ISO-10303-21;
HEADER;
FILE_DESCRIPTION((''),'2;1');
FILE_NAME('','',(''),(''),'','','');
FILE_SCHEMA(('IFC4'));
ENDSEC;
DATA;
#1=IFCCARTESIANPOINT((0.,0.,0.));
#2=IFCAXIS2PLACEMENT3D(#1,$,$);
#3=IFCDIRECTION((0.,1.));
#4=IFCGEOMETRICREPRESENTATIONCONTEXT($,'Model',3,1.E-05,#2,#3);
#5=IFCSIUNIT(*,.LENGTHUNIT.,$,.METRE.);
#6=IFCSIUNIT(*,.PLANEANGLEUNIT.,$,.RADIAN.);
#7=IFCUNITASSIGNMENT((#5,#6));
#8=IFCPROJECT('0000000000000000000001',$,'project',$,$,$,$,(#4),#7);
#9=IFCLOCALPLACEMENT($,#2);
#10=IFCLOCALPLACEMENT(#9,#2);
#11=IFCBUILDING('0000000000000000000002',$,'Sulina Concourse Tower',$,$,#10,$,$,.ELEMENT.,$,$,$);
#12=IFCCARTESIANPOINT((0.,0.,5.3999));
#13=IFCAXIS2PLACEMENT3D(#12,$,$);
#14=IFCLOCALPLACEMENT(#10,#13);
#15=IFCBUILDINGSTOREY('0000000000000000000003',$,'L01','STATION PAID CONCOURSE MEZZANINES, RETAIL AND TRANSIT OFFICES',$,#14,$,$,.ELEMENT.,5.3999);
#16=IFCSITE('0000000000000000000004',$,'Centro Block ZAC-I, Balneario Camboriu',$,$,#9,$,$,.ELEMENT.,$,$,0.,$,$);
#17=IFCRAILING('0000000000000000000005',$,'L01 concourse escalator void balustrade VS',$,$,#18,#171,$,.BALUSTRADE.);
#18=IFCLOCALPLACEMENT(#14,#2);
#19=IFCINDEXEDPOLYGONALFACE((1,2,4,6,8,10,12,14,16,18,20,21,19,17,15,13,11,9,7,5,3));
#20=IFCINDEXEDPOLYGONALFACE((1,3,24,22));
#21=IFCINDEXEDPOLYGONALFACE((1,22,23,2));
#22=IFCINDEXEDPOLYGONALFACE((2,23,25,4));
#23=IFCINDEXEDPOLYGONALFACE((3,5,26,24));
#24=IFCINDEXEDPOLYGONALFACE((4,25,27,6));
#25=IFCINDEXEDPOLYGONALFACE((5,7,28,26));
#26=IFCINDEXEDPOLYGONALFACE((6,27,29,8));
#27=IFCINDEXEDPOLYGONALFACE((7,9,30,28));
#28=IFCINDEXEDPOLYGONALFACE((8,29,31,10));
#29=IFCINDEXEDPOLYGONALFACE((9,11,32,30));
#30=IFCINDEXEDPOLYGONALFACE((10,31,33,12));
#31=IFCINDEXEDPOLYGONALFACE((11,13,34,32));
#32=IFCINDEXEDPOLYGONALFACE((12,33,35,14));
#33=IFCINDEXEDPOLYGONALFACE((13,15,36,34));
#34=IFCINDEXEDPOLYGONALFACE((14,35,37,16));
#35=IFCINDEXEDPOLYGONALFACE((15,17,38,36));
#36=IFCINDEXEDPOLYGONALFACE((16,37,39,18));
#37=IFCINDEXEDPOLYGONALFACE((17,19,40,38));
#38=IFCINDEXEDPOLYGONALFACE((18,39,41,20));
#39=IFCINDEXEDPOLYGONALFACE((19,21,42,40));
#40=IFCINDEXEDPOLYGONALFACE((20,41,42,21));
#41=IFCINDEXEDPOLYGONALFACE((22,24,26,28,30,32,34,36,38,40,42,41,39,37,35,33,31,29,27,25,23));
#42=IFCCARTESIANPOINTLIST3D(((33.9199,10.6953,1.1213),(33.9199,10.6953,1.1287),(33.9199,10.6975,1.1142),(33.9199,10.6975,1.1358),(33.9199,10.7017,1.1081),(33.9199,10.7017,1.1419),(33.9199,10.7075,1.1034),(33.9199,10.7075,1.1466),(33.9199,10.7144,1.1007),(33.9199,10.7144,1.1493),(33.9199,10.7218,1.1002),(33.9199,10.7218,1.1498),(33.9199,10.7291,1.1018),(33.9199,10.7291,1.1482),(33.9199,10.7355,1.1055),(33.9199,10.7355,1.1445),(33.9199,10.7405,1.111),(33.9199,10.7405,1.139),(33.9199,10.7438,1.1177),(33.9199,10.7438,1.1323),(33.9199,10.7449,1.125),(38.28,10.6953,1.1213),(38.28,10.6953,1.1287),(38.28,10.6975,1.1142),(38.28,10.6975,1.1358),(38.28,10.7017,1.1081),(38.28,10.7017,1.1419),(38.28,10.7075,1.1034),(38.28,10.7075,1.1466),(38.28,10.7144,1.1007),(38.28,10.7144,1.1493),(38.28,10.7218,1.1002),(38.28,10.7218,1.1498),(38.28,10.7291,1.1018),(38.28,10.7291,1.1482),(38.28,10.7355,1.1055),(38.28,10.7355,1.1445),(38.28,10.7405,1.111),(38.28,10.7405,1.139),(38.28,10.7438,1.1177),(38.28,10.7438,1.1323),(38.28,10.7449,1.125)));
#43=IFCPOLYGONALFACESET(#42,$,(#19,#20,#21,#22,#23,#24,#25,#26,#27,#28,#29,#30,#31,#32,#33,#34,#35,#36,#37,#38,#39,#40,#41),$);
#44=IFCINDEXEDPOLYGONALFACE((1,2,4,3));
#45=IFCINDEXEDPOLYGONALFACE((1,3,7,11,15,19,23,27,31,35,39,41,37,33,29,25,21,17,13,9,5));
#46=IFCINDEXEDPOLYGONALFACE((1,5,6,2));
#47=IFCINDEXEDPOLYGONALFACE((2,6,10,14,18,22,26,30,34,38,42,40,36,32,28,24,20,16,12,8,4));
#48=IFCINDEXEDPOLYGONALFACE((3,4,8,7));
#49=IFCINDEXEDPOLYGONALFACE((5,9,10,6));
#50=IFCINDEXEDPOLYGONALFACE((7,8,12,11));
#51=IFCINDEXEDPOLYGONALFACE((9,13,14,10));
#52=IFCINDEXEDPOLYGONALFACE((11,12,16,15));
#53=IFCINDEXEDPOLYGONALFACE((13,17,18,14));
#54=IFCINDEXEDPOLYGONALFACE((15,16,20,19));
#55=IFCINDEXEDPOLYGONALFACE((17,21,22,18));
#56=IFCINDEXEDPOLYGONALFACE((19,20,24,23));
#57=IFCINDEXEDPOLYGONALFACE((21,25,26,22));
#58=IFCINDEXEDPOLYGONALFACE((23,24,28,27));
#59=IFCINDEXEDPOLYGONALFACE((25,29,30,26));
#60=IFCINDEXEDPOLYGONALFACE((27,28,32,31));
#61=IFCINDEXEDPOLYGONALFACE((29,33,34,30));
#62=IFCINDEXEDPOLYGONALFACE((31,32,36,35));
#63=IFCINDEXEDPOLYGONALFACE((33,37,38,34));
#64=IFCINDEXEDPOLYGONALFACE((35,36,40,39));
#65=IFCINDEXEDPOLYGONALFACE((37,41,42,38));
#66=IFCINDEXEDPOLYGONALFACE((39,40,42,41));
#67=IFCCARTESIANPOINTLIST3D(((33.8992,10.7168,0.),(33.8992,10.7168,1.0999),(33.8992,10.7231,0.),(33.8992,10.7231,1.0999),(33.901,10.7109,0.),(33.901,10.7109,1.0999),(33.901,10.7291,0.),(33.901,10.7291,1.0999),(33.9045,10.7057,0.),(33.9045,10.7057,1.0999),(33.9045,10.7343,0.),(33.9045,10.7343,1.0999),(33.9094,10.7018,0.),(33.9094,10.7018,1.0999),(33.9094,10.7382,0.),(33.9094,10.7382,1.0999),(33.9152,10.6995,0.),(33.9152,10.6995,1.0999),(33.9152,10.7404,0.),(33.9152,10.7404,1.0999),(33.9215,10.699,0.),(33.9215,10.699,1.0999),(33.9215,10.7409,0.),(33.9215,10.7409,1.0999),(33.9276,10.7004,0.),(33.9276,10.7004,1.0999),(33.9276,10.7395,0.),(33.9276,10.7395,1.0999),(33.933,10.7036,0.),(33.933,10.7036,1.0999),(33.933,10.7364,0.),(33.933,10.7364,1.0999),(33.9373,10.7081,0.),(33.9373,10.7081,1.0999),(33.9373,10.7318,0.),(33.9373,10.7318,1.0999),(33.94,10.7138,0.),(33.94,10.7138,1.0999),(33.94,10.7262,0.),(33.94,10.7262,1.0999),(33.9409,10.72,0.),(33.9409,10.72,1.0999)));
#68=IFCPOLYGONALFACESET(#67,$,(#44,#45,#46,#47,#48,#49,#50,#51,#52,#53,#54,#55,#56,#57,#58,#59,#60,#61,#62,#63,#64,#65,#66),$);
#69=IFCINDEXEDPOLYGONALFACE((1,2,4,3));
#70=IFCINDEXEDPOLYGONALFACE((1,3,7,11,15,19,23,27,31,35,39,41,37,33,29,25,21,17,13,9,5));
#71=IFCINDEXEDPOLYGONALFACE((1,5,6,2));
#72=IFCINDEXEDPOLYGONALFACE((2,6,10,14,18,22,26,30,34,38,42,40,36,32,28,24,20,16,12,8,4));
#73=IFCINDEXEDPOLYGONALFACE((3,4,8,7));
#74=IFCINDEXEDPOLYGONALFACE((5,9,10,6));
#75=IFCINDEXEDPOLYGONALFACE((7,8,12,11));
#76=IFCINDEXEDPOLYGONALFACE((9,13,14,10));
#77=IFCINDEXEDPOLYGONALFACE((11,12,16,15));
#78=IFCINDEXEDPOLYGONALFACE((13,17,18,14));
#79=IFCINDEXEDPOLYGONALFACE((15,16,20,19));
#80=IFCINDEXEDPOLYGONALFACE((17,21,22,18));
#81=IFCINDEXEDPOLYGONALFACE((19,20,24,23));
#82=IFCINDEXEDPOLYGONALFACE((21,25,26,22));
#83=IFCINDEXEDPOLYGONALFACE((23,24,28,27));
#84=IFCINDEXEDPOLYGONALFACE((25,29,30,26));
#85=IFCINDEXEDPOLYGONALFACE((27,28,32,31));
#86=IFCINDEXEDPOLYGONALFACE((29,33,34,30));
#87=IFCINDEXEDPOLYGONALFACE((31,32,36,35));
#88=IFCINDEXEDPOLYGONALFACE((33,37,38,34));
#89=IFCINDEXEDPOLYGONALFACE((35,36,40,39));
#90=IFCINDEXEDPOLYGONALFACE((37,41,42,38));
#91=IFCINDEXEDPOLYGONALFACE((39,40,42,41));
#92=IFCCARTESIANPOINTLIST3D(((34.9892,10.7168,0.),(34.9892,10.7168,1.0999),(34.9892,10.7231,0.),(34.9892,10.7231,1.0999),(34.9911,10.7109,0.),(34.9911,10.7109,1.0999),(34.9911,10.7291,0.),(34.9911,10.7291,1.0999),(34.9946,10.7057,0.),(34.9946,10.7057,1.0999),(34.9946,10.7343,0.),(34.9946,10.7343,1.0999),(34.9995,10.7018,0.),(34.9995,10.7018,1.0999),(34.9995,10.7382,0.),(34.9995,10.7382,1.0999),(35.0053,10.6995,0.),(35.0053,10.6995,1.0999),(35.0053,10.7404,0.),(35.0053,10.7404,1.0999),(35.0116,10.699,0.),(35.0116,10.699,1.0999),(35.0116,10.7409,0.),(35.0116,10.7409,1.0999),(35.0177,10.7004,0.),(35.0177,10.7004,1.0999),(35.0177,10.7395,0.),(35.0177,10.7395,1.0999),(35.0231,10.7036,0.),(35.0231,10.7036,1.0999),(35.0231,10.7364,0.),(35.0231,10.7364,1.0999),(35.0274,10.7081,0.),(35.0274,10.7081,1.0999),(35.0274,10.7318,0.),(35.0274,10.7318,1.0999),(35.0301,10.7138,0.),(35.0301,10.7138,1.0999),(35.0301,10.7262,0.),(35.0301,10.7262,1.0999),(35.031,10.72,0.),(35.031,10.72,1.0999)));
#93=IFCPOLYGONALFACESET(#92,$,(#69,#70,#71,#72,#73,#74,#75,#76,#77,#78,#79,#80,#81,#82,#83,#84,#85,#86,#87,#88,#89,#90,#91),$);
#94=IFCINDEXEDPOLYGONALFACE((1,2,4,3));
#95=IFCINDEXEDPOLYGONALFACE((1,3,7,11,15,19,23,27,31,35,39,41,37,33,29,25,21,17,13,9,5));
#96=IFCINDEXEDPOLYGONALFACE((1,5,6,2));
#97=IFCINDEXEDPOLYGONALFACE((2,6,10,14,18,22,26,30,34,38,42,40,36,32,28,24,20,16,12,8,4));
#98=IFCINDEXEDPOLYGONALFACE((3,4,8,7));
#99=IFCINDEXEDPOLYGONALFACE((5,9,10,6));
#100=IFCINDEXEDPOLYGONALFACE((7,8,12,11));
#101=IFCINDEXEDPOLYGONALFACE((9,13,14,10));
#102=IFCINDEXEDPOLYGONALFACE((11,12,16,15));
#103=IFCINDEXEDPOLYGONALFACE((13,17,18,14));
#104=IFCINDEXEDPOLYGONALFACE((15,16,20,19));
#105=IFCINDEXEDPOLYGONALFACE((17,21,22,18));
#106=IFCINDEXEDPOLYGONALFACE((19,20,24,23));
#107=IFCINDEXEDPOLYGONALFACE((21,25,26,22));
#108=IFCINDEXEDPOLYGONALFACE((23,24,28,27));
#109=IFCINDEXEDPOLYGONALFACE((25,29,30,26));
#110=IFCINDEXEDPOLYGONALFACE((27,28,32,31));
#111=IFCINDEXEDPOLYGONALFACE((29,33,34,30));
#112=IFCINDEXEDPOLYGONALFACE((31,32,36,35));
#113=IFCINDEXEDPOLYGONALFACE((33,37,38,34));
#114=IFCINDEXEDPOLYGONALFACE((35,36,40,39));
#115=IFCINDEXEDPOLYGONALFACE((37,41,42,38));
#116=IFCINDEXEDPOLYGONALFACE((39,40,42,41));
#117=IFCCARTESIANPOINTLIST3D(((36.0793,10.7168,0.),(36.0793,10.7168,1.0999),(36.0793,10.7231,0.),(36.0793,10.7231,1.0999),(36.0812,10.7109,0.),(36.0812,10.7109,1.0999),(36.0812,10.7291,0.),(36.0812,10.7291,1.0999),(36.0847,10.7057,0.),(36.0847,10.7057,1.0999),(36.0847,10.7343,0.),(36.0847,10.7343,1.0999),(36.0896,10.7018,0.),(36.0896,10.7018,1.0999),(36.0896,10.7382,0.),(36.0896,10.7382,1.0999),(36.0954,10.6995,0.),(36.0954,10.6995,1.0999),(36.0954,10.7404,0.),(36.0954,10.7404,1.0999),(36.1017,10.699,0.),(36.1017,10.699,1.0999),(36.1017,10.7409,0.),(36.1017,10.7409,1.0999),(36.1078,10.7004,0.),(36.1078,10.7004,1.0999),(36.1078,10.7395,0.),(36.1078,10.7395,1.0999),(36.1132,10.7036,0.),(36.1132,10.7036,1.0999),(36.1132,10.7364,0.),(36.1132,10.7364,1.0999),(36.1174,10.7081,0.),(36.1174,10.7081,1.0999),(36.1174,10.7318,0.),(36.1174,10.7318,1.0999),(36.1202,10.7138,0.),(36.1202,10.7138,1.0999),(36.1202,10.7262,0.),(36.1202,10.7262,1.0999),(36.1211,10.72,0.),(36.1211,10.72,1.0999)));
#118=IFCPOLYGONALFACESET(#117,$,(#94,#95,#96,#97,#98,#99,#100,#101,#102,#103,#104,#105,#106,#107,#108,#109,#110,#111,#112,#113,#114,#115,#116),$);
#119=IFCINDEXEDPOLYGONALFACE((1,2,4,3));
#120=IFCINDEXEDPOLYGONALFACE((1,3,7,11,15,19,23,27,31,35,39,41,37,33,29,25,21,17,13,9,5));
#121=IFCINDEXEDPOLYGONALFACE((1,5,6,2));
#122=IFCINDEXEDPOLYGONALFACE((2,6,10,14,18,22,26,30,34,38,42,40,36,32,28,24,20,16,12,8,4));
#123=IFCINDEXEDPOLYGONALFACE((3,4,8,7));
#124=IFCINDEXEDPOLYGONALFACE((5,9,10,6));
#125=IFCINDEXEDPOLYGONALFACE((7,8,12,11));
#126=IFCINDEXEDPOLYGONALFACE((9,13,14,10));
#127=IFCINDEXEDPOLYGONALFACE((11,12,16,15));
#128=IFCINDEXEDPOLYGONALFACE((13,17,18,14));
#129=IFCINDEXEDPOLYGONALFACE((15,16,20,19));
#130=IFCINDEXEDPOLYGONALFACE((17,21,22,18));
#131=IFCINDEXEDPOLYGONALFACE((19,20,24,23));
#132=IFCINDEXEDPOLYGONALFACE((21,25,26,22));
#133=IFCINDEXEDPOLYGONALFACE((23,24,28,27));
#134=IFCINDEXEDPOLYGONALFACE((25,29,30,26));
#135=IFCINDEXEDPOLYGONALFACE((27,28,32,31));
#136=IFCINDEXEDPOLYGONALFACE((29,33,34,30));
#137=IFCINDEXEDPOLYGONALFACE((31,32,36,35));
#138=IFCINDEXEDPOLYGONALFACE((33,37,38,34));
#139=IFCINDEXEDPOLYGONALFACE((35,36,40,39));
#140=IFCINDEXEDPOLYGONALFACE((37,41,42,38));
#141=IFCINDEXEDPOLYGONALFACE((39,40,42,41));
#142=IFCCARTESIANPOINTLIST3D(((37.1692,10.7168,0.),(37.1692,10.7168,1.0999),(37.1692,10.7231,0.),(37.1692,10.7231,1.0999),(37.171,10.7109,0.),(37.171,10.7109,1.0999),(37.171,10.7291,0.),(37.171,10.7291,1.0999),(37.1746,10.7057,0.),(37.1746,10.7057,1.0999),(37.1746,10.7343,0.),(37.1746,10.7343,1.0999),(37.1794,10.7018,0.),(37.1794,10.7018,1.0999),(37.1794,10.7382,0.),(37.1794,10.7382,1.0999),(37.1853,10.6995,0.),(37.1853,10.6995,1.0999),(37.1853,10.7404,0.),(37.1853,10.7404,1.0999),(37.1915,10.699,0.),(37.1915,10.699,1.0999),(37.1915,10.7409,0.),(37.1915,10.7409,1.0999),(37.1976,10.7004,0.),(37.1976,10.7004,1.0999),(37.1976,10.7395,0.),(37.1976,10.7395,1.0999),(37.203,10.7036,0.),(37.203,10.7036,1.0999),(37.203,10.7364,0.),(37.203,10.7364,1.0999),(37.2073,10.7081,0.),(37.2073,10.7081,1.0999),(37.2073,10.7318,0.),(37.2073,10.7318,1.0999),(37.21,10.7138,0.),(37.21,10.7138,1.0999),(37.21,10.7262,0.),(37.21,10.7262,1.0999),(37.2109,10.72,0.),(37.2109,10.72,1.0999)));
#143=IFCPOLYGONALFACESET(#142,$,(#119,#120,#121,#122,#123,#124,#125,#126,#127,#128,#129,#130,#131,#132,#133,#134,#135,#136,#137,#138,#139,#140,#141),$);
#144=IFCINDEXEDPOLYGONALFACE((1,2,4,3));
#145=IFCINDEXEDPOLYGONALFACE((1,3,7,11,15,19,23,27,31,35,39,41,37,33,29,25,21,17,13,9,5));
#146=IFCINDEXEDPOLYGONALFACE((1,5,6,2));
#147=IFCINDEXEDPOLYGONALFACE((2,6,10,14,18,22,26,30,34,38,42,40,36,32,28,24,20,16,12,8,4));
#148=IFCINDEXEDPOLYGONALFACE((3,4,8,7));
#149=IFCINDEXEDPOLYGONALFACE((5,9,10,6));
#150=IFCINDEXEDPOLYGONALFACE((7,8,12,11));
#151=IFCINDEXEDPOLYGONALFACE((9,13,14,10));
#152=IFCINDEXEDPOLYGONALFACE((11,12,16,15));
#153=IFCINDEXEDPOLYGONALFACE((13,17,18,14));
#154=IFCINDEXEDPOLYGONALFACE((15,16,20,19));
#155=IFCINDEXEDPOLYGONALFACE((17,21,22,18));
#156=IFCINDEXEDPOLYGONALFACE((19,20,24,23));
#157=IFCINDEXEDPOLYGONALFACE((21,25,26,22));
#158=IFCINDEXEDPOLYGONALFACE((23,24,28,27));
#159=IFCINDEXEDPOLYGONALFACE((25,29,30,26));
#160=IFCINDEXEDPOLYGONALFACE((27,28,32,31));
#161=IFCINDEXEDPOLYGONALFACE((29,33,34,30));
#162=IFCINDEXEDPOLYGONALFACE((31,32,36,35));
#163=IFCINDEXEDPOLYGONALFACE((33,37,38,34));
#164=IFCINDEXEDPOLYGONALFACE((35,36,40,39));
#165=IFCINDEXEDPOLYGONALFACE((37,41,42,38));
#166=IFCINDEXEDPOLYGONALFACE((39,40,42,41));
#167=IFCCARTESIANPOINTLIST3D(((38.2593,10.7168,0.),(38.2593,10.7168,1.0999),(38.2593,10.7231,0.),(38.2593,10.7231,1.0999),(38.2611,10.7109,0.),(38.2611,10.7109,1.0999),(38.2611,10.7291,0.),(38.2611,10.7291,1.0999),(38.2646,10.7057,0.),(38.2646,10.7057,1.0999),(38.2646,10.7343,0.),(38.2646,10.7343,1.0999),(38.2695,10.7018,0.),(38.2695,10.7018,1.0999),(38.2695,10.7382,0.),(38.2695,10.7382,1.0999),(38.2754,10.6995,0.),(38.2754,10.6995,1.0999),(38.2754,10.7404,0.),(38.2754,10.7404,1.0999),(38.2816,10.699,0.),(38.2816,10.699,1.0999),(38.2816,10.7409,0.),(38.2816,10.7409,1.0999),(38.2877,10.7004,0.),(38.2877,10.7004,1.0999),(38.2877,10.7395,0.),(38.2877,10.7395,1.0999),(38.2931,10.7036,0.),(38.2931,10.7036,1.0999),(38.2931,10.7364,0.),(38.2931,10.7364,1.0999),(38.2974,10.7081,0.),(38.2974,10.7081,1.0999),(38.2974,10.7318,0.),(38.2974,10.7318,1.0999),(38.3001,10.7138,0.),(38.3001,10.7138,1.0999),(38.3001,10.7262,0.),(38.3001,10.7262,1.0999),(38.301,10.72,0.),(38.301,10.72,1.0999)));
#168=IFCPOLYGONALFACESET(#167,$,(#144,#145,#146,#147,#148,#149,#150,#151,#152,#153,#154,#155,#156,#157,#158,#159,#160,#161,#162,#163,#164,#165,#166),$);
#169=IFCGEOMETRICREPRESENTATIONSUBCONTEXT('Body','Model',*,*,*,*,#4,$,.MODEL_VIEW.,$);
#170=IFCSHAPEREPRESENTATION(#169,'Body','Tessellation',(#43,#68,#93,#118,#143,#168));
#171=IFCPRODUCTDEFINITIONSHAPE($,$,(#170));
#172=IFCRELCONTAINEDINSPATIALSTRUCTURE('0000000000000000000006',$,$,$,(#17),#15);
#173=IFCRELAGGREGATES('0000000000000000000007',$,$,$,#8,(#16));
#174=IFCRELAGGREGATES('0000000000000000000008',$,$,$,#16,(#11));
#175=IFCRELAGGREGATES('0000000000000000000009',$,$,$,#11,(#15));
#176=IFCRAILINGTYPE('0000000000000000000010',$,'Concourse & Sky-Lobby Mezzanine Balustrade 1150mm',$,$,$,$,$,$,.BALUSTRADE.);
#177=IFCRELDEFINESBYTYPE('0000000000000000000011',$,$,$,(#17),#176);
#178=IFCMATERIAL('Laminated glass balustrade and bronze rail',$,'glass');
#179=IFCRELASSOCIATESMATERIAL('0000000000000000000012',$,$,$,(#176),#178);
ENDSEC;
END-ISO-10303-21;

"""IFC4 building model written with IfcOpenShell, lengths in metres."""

from ifc_helpers import new_model, si_unit, direction, frame, origin, origin_2d, place, context, subcontext, project, spatial, circle, extrude, material, type_object, element, save


model = new_model("IFC4")

# Units and contexts
model_context = context("Model", 3, precision=1e-05, world=origin(), true_north=direction((0.0, 1.0)))
body_context = subcontext(model_context, "Body", "Model", "MODEL_VIEW")
ifc_project = project(units=[si_unit("LENGTHUNIT", "METRE"), si_unit("PLANEANGLEUNIT", "RADIAN")], contexts=[model_context])

# Site, building, storey
site_placement = place(None, origin())
site = spatial("IfcSite", under=ifc_project, at=site_placement, Name="Centro Block ZAC-I, Balneario Camboriu", CompositionType="ELEMENT", RefElevation=0.0)
building_placement = place(site_placement, origin())
building = spatial("IfcBuilding", under=site, at=building_placement, Name="Sulina Concourse Tower", CompositionType="ELEMENT")
storey_placement = place(building_placement, frame((0.0, 0.0, 5.3999)))
storey = spatial("IfcBuildingStorey", under=building, at=storey_placement, Name="L01", Description="STATION PAID CONCOURSE MEZZANINES, RETAIL AND TRANSIT OFFICES", CompositionType="ELEMENT", Elevation=5.3999)

# Railing
ifc_material_1 = material(Name="Laminated glass balustrade and bronze rail", Category="glass")
railing_type = type_object("IfcRailingType", Name="Concourse & Sky-Lobby Mezzanine Balustrade 1150mm", PredefinedType="BALUSTRADE", material=ifc_material_1)
railing_1_placement = place(storey_placement, frame((33.9199, 10.72, 0.0)))
element("IfcRailing", 1, at=railing_1_placement, inside=storey, type_object=railing_type, Name="L01 concourse escalator void balustrade VS", PredefinedType="BALUSTRADE", context=body_context, shape_type="SweptSolid", body=[
    extrude(circle(Radius=0.0249, at=origin_2d()), frame((0.0, 0.0, 1.125), z_axis=(1.0, 0.0, 0.0), x_axis=(0.0, 1.0, 0.0)), (0.0, 0.0, 1.0), 4.3601),
    extrude(circle(Radius=0.021, at=origin_2d()), origin(), (0.0, 0.0, 1.0), 1.0999),
    extrude(circle(Radius=0.021, at=origin_2d()), frame((1.0901, 0.0, 0.0)), (0.0, 0.0, 1.0), 1.0999),
    extrude(circle(Radius=0.021, at=origin_2d()), frame((2.1802, 0.0, 0.0)), (0.0, 0.0, 1.0), 1.0999),
    extrude(circle(Radius=0.021, at=origin_2d()), frame((3.27, 0.0, 0.0)), (0.0, 0.0, 1.0), 1.0999),
    extrude(circle(Radius=0.021, at=origin_2d()), frame((4.3601, 0.0, 0.0)), (0.0, 0.0, 1.0), 1.0999),
])

save(model, "model.ifc")
